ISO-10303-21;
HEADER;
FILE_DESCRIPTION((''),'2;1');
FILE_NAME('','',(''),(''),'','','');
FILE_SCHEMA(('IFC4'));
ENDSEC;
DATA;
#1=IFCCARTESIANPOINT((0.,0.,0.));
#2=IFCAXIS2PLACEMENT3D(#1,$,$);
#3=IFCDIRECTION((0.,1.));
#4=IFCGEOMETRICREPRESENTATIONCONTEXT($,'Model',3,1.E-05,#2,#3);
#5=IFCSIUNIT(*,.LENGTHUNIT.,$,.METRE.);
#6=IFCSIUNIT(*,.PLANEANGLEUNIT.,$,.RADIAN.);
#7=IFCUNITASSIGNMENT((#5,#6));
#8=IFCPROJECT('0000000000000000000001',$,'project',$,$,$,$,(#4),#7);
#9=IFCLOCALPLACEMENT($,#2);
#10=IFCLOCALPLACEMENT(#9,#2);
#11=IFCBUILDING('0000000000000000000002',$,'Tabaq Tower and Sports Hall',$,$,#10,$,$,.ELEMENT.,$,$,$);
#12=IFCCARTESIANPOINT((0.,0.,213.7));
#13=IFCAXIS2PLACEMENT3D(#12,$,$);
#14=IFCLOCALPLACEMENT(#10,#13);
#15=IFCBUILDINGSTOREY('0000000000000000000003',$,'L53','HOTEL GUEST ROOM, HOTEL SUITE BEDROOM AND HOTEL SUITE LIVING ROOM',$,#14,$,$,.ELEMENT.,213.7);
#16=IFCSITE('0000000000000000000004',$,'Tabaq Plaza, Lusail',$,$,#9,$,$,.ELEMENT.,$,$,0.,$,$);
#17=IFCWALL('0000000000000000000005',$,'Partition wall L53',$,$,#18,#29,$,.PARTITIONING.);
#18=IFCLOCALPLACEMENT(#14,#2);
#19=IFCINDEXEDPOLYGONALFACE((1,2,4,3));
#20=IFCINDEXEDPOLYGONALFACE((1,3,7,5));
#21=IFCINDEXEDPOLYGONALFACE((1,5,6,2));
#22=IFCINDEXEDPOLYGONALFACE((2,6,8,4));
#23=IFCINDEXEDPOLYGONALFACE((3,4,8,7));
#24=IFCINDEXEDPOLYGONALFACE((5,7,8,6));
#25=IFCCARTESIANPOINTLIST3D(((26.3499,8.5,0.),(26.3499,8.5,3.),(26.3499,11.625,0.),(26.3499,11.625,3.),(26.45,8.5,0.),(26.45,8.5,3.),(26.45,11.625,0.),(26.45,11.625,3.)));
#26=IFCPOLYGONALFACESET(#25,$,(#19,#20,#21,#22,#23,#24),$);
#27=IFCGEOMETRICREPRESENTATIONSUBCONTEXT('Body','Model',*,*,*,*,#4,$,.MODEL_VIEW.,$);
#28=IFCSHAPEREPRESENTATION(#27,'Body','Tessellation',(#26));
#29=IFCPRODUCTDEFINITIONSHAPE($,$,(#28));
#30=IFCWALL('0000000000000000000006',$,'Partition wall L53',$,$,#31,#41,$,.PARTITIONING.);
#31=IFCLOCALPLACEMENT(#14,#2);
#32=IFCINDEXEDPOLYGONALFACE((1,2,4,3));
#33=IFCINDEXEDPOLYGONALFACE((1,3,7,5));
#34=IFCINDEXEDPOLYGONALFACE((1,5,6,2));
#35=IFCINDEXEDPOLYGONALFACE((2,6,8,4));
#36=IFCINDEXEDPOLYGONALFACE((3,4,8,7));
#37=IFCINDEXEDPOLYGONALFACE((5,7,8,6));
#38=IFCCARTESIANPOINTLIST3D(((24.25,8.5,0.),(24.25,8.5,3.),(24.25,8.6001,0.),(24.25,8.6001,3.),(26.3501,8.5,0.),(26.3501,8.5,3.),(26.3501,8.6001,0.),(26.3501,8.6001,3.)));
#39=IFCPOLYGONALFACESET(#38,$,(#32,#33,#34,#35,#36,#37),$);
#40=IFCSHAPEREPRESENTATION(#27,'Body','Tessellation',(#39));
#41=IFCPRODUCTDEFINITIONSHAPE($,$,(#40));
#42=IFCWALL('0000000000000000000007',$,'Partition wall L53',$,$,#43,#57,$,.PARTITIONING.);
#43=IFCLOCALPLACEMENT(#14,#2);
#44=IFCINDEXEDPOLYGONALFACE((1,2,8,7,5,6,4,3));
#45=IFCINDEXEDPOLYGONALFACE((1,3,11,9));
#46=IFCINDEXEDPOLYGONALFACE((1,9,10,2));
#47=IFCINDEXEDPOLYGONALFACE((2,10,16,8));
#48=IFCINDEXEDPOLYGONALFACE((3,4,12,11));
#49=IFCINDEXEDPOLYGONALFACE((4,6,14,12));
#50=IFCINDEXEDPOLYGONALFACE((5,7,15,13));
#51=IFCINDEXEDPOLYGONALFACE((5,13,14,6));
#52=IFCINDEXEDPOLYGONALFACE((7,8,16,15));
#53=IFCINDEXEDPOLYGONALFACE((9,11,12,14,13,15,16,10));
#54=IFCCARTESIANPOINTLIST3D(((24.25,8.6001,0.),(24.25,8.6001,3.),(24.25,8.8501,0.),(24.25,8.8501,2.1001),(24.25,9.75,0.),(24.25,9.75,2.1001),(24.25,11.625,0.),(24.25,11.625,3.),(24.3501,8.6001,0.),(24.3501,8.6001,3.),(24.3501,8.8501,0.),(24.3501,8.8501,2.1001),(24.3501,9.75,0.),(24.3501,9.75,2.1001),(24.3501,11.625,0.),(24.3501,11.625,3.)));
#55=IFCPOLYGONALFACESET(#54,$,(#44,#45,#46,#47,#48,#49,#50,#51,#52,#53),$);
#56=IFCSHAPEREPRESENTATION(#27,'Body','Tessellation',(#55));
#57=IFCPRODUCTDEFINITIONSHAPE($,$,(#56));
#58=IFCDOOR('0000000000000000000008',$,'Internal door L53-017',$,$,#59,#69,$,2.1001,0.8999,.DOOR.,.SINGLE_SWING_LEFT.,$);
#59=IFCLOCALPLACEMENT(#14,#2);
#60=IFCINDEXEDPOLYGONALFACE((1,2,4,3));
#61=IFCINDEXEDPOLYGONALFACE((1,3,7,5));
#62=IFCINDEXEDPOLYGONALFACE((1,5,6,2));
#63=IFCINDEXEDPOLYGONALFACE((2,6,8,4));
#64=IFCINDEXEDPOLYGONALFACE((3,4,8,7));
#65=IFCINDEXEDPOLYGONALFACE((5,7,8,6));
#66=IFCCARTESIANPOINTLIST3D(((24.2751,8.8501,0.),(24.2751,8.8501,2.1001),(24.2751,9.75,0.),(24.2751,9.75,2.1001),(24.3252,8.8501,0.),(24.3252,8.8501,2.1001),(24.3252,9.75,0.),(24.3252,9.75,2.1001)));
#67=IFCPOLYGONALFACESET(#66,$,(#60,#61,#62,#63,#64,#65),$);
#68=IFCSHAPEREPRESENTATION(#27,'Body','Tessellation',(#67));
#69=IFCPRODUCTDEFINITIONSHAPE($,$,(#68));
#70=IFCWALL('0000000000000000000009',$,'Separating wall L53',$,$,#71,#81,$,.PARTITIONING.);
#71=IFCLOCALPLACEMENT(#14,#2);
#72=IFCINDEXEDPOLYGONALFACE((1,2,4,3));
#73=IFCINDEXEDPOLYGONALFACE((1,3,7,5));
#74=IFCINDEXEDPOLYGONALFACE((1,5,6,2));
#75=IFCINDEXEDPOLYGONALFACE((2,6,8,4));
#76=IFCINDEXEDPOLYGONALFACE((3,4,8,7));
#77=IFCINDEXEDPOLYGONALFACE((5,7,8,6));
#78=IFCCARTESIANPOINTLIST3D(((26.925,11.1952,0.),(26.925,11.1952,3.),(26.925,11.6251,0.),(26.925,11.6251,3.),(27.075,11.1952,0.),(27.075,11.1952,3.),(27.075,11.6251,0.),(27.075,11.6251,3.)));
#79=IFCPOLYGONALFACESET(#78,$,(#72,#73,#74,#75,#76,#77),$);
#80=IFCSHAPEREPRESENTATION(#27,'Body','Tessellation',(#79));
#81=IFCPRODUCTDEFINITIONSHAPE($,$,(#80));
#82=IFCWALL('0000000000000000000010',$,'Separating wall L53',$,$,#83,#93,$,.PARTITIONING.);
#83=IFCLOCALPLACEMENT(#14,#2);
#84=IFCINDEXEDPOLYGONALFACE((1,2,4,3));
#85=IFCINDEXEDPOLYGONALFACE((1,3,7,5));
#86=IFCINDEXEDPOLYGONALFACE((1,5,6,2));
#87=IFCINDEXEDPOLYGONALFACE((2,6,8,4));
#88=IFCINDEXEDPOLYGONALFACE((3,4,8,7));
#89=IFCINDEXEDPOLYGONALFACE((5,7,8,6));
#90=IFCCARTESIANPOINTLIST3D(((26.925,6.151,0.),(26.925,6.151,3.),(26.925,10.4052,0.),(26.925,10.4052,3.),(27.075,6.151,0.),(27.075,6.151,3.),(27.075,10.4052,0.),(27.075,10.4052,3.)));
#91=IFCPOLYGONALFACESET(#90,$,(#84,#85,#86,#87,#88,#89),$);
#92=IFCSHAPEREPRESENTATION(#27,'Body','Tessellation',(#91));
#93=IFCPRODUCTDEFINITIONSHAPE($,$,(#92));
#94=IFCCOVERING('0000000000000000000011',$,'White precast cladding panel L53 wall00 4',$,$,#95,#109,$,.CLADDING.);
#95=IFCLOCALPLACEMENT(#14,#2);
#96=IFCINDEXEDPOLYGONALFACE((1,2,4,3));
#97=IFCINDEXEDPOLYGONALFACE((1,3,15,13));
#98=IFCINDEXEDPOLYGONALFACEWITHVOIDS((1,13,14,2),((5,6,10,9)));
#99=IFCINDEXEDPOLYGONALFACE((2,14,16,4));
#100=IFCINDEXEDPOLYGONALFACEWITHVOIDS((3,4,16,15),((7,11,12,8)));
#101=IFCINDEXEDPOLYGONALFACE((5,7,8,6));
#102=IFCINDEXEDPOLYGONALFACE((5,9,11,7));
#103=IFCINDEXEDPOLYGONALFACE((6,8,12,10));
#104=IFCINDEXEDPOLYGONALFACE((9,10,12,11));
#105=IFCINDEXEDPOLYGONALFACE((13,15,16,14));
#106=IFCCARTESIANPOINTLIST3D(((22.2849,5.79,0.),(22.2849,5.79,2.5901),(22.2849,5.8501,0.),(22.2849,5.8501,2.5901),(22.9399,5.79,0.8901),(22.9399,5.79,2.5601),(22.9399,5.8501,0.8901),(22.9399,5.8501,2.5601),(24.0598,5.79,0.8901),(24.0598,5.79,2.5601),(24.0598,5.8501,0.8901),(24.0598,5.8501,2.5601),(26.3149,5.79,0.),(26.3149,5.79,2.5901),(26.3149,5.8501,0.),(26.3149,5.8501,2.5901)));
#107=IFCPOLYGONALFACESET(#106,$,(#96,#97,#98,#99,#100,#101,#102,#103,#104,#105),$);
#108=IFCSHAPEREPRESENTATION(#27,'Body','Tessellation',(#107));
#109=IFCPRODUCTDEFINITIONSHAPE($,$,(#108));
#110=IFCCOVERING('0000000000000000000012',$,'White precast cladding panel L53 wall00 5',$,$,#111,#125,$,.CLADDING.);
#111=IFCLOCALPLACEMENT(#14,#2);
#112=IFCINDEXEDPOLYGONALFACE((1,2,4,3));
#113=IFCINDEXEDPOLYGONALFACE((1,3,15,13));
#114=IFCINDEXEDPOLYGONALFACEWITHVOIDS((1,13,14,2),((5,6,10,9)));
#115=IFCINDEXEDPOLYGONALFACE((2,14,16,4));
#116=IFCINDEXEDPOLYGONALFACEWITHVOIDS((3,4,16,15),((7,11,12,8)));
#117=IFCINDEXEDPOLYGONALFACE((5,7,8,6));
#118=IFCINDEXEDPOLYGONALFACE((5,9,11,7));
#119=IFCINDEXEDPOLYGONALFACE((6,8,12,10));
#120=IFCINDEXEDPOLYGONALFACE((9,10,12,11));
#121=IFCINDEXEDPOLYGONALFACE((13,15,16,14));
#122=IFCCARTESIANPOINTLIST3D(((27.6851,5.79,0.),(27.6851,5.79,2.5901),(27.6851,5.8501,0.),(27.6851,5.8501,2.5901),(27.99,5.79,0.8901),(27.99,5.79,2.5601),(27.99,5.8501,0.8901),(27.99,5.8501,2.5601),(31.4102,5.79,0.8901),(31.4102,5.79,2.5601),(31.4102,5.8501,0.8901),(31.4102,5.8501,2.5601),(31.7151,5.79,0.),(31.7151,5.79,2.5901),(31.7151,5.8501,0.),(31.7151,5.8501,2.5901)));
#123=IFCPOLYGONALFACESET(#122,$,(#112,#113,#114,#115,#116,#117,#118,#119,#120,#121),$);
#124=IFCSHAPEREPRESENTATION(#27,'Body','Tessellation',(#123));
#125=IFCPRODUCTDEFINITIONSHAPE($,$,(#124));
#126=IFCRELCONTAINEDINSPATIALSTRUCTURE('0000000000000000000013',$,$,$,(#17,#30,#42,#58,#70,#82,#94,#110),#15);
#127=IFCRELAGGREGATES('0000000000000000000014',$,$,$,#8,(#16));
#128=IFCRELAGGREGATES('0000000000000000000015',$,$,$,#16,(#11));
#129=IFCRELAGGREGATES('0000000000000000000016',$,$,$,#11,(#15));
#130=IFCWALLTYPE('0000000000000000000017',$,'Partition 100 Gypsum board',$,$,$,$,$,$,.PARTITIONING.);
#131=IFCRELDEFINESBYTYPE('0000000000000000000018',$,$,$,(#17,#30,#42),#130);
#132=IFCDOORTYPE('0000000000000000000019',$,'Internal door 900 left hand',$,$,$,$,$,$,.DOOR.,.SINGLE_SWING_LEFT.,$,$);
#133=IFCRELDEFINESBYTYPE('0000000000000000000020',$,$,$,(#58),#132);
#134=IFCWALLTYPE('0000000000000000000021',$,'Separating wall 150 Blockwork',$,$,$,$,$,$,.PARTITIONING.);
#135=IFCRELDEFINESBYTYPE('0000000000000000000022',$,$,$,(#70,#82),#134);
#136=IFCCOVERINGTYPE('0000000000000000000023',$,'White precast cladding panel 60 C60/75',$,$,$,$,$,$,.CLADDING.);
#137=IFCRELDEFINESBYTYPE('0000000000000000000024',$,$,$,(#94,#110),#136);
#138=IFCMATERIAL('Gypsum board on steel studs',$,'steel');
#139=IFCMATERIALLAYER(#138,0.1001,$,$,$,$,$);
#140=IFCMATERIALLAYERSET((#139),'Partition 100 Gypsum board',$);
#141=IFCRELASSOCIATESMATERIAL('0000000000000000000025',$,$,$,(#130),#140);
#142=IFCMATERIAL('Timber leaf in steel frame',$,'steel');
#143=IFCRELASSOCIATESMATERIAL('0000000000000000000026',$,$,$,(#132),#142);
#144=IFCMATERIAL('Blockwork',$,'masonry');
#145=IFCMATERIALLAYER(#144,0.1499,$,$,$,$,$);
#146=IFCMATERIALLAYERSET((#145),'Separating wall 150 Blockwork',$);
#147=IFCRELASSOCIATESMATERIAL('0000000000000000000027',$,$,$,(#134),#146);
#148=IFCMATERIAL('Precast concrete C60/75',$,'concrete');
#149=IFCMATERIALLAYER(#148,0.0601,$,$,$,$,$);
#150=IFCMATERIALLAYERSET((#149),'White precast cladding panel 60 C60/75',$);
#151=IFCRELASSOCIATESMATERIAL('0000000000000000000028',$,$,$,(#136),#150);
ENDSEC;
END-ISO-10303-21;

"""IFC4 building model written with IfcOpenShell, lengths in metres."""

from ifc_helpers import new_model, si_unit, direction, frame, frame_2d, origin, place, context, subcontext, project, spatial, polyline, rectangle, outline, extrude, material, layer, layer_set, type_object, element, fill, save


model = new_model("IFC4")

# Units and contexts
model_context = context("Model", 3, precision=1e-05, world=origin(), true_north=direction((0.0, 1.0)))
body_context = subcontext(model_context, "Body", "Model", "MODEL_VIEW")
ifc_project = project(units=[si_unit("LENGTHUNIT", "METRE"), si_unit("PLANEANGLEUNIT", "RADIAN")], contexts=[model_context])

# Site, building, storey
site_placement = place(None, origin())
site = spatial("IfcSite", under=ifc_project, at=site_placement, Name="Tabaq Plaza, Lusail", CompositionType="ELEMENT", RefElevation=0.0)
building_placement = place(site_placement, origin())
building = spatial("IfcBuilding", under=site, at=building_placement, Name="Tabaq Tower and Sports Hall", CompositionType="ELEMENT")
storey_placement = place(building_placement, frame((0.0, 0.0, 213.7)))
storey = spatial("IfcBuildingStorey", under=building, at=storey_placement, Name="L53", Description="HOTEL GUEST ROOM, HOTEL SUITE BEDROOM AND HOTEL SUITE LIVING ROOM", CompositionType="ELEMENT", Elevation=213.7)

# Walls
ifc_material_1 = material(Name="Gypsum board on steel studs", Category="steel")
ifc_layer_1 = layer(ifc_material_1, 0.1001)
ifc_layer_set_1 = layer_set([ifc_layer_1], Name="Partition 100 Gypsum board")
wall_type_1 = type_object("IfcWallType", Name="Partition 100 Gypsum board", PredefinedType="PARTITIONING", material=ifc_layer_set_1)
wall_1_placement = place(storey_placement, frame((26.3999, 11.625, 0.0), z_axis=(0.0, 0.0, 1.0), x_axis=(0.0, -1.0, 0.0)))
element("IfcWall", 1, at=wall_1_placement, inside=storey, type_object=wall_type_1, Name="Partition wall L53", PredefinedType="PARTITIONING", context=body_context, shape_type="SweptSolid", body=[
    extrude(rectangle(XDim=3.125, YDim=0.1001, at=frame_2d((1.5625, 0.0))), origin(), (0.0, 0.0, 1.0), 3.0),
])
wall_2_placement = place(storey_placement, frame((26.3501, 8.55, 0.0), z_axis=(0.0, 0.0, 1.0), x_axis=(-1.0, 0.0, 0.0)))
element("IfcWall", 2, at=wall_2_placement, inside=storey, type_object=wall_type_1, Name="Partition wall L53", PredefinedType="PARTITIONING", context=body_context, shape_type="SweptSolid", body=[
    extrude(rectangle(XDim=2.1001, YDim=0.1001, at=frame_2d((1.05, 0.0))), origin(), (0.0, 0.0, 1.0), 3.0),
])

# Wall, opening, door
wall_3_placement = place(storey_placement, frame((24.3, 8.6001, 0.0), z_axis=(0.0, 0.0, 1.0), x_axis=(0.0, 1.0, 0.0)))
wall_3 = element("IfcWall", 3, at=wall_3_placement, inside=storey, type_object=wall_type_1, Name="Partition wall L53", PredefinedType="PARTITIONING", context=body_context, shape_type="SweptSolid", body=[
    extrude(rectangle(XDim=3.0249, YDim=0.1001, at=frame_2d((1.5125, 0.0))), origin(), (0.0, 0.0, 1.0), 3.0),
])
opening_placement = place(wall_3_placement, frame((0.25, 0.0, 0.0)))
opening = element("IfcOpeningElement", 4, at=opening_placement, cuts=wall_3, PredefinedType="OPENING", context=body_context, shape_type="SweptSolid", body=[
    extrude(rectangle(XDim=0.8999, YDim=2.1001, at=frame_2d((0.45, 1.05))), frame((0.0, 0.05, 0.0), z_axis=(0.0, -1.0, 0.0), x_axis=(1.0, 0.0, 0.0)), (0.0, 0.0, 1.0), 0.1001),
])
ifc_material_2 = material(Name="Timber leaf in steel frame", Category="steel")
door_type = type_object("IfcDoorType", Name="Internal door 900 left hand", OperationType="SINGLE_SWING_LEFT", PredefinedType="DOOR", material=ifc_material_2)
door_placement = place(opening_placement, origin())
door = element("IfcDoor", 5, at=door_placement, inside=storey, type_object=door_type, Name="Internal door L53-017", OperationType="SINGLE_SWING_LEFT", OverallHeight=2.1001, OverallWidth=0.8999, PredefinedType="DOOR", context=body_context, shape_type="SweptSolid", body=[
    extrude(rectangle(XDim=0.8999, YDim=2.1001, at=frame_2d((0.45, 1.05))), frame((0.0, 0.0249, 0.0), z_axis=(0.0, -1.0, 0.0), x_axis=(1.0, 0.0, 0.0)), (0.0, 0.0, 1.0), 0.05),
])
fill(opening, door)

# Walls
ifc_material_3 = material(Name="Blockwork", Category="masonry")
ifc_layer_2 = layer(ifc_material_3, 0.1499)
ifc_layer_set_2 = layer_set([ifc_layer_2], Name="Separating wall 150 Blockwork")
wall_type_2 = type_object("IfcWallType", Name="Separating wall 150 Blockwork", PredefinedType="PARTITIONING", material=ifc_layer_set_2)
wall_4_placement = place(storey_placement, frame((27.0, 11.625, 0.0), z_axis=(0.0, 0.0, 1.0), x_axis=(0.0, -1.0, 0.0)))
element("IfcWall", 6, at=wall_4_placement, inside=storey, type_object=wall_type_2, Name="Separating wall L53", PredefinedType="PARTITIONING", context=body_context, shape_type="SweptSolid", body=[
    extrude(rectangle(XDim=0.4299, YDim=0.1499, at=frame_2d((0.2148, 0.0))), origin(), (0.0, 0.0, 1.0), 3.0),
])
wall_5_placement = place(storey_placement, frame((27.0, 10.405, 0.0), z_axis=(0.0, 0.0, 1.0), x_axis=(0.0, -1.0, 0.0)))
element("IfcWall", 7, at=wall_5_placement, inside=storey, type_object=wall_type_2, Name="Separating wall L53", PredefinedType="PARTITIONING", context=body_context, shape_type="SweptSolid", body=[
    extrude(rectangle(XDim=4.2542, YDim=0.1499, at=frame_2d((2.127, 0.0))), origin(), (0.0, 0.0, 1.0), 3.0),
])

# Coverings
ifc_material_4 = material(Name="Precast concrete C60/75", Category="concrete")
ifc_layer_3 = layer(ifc_material_4, 0.0601)
ifc_layer_set_3 = layer_set([ifc_layer_3], Name="White precast cladding panel 60 C60/75")
covering_type = type_object("IfcCoveringType", Name="White precast cladding panel 60 C60/75", PredefinedType="CLADDING", material=ifc_layer_set_3)
covering_1_placement = place(storey_placement, frame((22.2849, 5.8201, 0.0), z_axis=(0.0, 0.0, 1.0), x_axis=(1.0, 0.0, 0.0)))
element("IfcCovering", 8, at=covering_1_placement, inside=storey, type_object=covering_type, Name="White precast cladding panel L53 wall00 4", PredefinedType="CLADDING", context=body_context, shape_type="SweptSolid", body=[
    extrude(outline(polyline([(0.0, 0.0), (4.03, 0.0), (4.03, 2.5901), (0.0, 2.5901), (0.0, 0.0)]), holes=[polyline([(1.7749, 0.8901), (0.655, 0.8901), (0.655, 2.5601), (1.7749, 2.5601), (1.7749, 0.8901)])]), frame((0.0, 0.03, 0.0), z_axis=(0.0, -1.0, 0.0), x_axis=(1.0, 0.0, 0.0)), (0.0, 0.0, 1.0), 0.0601),
])
covering_2_placement = place(storey_placement, frame((27.6851, 5.8201, 0.0), z_axis=(0.0, 0.0, 1.0), x_axis=(1.0, 0.0, 0.0)))
element("IfcCovering", 9, at=covering_2_placement, inside=storey, type_object=covering_type, Name="White precast cladding panel L53 wall00 5", PredefinedType="CLADDING", context=body_context, shape_type="SweptSolid", body=[
    extrude(outline(polyline([(0.0, 0.0), (4.03, 0.0), (4.03, 2.5901), (0.0, 2.5901), (0.0, 0.0)]), holes=[polyline([(3.7251, 0.8901), (0.3049, 0.8901), (0.3049, 2.5601), (3.7251, 2.5601), (3.7251, 0.8901)])]), frame((0.0, 0.03, 0.0), z_axis=(0.0, -1.0, 0.0), x_axis=(1.0, 0.0, 0.0)), (0.0, 0.0, 1.0), 0.0601),
])

save(model, "model.ifc")
